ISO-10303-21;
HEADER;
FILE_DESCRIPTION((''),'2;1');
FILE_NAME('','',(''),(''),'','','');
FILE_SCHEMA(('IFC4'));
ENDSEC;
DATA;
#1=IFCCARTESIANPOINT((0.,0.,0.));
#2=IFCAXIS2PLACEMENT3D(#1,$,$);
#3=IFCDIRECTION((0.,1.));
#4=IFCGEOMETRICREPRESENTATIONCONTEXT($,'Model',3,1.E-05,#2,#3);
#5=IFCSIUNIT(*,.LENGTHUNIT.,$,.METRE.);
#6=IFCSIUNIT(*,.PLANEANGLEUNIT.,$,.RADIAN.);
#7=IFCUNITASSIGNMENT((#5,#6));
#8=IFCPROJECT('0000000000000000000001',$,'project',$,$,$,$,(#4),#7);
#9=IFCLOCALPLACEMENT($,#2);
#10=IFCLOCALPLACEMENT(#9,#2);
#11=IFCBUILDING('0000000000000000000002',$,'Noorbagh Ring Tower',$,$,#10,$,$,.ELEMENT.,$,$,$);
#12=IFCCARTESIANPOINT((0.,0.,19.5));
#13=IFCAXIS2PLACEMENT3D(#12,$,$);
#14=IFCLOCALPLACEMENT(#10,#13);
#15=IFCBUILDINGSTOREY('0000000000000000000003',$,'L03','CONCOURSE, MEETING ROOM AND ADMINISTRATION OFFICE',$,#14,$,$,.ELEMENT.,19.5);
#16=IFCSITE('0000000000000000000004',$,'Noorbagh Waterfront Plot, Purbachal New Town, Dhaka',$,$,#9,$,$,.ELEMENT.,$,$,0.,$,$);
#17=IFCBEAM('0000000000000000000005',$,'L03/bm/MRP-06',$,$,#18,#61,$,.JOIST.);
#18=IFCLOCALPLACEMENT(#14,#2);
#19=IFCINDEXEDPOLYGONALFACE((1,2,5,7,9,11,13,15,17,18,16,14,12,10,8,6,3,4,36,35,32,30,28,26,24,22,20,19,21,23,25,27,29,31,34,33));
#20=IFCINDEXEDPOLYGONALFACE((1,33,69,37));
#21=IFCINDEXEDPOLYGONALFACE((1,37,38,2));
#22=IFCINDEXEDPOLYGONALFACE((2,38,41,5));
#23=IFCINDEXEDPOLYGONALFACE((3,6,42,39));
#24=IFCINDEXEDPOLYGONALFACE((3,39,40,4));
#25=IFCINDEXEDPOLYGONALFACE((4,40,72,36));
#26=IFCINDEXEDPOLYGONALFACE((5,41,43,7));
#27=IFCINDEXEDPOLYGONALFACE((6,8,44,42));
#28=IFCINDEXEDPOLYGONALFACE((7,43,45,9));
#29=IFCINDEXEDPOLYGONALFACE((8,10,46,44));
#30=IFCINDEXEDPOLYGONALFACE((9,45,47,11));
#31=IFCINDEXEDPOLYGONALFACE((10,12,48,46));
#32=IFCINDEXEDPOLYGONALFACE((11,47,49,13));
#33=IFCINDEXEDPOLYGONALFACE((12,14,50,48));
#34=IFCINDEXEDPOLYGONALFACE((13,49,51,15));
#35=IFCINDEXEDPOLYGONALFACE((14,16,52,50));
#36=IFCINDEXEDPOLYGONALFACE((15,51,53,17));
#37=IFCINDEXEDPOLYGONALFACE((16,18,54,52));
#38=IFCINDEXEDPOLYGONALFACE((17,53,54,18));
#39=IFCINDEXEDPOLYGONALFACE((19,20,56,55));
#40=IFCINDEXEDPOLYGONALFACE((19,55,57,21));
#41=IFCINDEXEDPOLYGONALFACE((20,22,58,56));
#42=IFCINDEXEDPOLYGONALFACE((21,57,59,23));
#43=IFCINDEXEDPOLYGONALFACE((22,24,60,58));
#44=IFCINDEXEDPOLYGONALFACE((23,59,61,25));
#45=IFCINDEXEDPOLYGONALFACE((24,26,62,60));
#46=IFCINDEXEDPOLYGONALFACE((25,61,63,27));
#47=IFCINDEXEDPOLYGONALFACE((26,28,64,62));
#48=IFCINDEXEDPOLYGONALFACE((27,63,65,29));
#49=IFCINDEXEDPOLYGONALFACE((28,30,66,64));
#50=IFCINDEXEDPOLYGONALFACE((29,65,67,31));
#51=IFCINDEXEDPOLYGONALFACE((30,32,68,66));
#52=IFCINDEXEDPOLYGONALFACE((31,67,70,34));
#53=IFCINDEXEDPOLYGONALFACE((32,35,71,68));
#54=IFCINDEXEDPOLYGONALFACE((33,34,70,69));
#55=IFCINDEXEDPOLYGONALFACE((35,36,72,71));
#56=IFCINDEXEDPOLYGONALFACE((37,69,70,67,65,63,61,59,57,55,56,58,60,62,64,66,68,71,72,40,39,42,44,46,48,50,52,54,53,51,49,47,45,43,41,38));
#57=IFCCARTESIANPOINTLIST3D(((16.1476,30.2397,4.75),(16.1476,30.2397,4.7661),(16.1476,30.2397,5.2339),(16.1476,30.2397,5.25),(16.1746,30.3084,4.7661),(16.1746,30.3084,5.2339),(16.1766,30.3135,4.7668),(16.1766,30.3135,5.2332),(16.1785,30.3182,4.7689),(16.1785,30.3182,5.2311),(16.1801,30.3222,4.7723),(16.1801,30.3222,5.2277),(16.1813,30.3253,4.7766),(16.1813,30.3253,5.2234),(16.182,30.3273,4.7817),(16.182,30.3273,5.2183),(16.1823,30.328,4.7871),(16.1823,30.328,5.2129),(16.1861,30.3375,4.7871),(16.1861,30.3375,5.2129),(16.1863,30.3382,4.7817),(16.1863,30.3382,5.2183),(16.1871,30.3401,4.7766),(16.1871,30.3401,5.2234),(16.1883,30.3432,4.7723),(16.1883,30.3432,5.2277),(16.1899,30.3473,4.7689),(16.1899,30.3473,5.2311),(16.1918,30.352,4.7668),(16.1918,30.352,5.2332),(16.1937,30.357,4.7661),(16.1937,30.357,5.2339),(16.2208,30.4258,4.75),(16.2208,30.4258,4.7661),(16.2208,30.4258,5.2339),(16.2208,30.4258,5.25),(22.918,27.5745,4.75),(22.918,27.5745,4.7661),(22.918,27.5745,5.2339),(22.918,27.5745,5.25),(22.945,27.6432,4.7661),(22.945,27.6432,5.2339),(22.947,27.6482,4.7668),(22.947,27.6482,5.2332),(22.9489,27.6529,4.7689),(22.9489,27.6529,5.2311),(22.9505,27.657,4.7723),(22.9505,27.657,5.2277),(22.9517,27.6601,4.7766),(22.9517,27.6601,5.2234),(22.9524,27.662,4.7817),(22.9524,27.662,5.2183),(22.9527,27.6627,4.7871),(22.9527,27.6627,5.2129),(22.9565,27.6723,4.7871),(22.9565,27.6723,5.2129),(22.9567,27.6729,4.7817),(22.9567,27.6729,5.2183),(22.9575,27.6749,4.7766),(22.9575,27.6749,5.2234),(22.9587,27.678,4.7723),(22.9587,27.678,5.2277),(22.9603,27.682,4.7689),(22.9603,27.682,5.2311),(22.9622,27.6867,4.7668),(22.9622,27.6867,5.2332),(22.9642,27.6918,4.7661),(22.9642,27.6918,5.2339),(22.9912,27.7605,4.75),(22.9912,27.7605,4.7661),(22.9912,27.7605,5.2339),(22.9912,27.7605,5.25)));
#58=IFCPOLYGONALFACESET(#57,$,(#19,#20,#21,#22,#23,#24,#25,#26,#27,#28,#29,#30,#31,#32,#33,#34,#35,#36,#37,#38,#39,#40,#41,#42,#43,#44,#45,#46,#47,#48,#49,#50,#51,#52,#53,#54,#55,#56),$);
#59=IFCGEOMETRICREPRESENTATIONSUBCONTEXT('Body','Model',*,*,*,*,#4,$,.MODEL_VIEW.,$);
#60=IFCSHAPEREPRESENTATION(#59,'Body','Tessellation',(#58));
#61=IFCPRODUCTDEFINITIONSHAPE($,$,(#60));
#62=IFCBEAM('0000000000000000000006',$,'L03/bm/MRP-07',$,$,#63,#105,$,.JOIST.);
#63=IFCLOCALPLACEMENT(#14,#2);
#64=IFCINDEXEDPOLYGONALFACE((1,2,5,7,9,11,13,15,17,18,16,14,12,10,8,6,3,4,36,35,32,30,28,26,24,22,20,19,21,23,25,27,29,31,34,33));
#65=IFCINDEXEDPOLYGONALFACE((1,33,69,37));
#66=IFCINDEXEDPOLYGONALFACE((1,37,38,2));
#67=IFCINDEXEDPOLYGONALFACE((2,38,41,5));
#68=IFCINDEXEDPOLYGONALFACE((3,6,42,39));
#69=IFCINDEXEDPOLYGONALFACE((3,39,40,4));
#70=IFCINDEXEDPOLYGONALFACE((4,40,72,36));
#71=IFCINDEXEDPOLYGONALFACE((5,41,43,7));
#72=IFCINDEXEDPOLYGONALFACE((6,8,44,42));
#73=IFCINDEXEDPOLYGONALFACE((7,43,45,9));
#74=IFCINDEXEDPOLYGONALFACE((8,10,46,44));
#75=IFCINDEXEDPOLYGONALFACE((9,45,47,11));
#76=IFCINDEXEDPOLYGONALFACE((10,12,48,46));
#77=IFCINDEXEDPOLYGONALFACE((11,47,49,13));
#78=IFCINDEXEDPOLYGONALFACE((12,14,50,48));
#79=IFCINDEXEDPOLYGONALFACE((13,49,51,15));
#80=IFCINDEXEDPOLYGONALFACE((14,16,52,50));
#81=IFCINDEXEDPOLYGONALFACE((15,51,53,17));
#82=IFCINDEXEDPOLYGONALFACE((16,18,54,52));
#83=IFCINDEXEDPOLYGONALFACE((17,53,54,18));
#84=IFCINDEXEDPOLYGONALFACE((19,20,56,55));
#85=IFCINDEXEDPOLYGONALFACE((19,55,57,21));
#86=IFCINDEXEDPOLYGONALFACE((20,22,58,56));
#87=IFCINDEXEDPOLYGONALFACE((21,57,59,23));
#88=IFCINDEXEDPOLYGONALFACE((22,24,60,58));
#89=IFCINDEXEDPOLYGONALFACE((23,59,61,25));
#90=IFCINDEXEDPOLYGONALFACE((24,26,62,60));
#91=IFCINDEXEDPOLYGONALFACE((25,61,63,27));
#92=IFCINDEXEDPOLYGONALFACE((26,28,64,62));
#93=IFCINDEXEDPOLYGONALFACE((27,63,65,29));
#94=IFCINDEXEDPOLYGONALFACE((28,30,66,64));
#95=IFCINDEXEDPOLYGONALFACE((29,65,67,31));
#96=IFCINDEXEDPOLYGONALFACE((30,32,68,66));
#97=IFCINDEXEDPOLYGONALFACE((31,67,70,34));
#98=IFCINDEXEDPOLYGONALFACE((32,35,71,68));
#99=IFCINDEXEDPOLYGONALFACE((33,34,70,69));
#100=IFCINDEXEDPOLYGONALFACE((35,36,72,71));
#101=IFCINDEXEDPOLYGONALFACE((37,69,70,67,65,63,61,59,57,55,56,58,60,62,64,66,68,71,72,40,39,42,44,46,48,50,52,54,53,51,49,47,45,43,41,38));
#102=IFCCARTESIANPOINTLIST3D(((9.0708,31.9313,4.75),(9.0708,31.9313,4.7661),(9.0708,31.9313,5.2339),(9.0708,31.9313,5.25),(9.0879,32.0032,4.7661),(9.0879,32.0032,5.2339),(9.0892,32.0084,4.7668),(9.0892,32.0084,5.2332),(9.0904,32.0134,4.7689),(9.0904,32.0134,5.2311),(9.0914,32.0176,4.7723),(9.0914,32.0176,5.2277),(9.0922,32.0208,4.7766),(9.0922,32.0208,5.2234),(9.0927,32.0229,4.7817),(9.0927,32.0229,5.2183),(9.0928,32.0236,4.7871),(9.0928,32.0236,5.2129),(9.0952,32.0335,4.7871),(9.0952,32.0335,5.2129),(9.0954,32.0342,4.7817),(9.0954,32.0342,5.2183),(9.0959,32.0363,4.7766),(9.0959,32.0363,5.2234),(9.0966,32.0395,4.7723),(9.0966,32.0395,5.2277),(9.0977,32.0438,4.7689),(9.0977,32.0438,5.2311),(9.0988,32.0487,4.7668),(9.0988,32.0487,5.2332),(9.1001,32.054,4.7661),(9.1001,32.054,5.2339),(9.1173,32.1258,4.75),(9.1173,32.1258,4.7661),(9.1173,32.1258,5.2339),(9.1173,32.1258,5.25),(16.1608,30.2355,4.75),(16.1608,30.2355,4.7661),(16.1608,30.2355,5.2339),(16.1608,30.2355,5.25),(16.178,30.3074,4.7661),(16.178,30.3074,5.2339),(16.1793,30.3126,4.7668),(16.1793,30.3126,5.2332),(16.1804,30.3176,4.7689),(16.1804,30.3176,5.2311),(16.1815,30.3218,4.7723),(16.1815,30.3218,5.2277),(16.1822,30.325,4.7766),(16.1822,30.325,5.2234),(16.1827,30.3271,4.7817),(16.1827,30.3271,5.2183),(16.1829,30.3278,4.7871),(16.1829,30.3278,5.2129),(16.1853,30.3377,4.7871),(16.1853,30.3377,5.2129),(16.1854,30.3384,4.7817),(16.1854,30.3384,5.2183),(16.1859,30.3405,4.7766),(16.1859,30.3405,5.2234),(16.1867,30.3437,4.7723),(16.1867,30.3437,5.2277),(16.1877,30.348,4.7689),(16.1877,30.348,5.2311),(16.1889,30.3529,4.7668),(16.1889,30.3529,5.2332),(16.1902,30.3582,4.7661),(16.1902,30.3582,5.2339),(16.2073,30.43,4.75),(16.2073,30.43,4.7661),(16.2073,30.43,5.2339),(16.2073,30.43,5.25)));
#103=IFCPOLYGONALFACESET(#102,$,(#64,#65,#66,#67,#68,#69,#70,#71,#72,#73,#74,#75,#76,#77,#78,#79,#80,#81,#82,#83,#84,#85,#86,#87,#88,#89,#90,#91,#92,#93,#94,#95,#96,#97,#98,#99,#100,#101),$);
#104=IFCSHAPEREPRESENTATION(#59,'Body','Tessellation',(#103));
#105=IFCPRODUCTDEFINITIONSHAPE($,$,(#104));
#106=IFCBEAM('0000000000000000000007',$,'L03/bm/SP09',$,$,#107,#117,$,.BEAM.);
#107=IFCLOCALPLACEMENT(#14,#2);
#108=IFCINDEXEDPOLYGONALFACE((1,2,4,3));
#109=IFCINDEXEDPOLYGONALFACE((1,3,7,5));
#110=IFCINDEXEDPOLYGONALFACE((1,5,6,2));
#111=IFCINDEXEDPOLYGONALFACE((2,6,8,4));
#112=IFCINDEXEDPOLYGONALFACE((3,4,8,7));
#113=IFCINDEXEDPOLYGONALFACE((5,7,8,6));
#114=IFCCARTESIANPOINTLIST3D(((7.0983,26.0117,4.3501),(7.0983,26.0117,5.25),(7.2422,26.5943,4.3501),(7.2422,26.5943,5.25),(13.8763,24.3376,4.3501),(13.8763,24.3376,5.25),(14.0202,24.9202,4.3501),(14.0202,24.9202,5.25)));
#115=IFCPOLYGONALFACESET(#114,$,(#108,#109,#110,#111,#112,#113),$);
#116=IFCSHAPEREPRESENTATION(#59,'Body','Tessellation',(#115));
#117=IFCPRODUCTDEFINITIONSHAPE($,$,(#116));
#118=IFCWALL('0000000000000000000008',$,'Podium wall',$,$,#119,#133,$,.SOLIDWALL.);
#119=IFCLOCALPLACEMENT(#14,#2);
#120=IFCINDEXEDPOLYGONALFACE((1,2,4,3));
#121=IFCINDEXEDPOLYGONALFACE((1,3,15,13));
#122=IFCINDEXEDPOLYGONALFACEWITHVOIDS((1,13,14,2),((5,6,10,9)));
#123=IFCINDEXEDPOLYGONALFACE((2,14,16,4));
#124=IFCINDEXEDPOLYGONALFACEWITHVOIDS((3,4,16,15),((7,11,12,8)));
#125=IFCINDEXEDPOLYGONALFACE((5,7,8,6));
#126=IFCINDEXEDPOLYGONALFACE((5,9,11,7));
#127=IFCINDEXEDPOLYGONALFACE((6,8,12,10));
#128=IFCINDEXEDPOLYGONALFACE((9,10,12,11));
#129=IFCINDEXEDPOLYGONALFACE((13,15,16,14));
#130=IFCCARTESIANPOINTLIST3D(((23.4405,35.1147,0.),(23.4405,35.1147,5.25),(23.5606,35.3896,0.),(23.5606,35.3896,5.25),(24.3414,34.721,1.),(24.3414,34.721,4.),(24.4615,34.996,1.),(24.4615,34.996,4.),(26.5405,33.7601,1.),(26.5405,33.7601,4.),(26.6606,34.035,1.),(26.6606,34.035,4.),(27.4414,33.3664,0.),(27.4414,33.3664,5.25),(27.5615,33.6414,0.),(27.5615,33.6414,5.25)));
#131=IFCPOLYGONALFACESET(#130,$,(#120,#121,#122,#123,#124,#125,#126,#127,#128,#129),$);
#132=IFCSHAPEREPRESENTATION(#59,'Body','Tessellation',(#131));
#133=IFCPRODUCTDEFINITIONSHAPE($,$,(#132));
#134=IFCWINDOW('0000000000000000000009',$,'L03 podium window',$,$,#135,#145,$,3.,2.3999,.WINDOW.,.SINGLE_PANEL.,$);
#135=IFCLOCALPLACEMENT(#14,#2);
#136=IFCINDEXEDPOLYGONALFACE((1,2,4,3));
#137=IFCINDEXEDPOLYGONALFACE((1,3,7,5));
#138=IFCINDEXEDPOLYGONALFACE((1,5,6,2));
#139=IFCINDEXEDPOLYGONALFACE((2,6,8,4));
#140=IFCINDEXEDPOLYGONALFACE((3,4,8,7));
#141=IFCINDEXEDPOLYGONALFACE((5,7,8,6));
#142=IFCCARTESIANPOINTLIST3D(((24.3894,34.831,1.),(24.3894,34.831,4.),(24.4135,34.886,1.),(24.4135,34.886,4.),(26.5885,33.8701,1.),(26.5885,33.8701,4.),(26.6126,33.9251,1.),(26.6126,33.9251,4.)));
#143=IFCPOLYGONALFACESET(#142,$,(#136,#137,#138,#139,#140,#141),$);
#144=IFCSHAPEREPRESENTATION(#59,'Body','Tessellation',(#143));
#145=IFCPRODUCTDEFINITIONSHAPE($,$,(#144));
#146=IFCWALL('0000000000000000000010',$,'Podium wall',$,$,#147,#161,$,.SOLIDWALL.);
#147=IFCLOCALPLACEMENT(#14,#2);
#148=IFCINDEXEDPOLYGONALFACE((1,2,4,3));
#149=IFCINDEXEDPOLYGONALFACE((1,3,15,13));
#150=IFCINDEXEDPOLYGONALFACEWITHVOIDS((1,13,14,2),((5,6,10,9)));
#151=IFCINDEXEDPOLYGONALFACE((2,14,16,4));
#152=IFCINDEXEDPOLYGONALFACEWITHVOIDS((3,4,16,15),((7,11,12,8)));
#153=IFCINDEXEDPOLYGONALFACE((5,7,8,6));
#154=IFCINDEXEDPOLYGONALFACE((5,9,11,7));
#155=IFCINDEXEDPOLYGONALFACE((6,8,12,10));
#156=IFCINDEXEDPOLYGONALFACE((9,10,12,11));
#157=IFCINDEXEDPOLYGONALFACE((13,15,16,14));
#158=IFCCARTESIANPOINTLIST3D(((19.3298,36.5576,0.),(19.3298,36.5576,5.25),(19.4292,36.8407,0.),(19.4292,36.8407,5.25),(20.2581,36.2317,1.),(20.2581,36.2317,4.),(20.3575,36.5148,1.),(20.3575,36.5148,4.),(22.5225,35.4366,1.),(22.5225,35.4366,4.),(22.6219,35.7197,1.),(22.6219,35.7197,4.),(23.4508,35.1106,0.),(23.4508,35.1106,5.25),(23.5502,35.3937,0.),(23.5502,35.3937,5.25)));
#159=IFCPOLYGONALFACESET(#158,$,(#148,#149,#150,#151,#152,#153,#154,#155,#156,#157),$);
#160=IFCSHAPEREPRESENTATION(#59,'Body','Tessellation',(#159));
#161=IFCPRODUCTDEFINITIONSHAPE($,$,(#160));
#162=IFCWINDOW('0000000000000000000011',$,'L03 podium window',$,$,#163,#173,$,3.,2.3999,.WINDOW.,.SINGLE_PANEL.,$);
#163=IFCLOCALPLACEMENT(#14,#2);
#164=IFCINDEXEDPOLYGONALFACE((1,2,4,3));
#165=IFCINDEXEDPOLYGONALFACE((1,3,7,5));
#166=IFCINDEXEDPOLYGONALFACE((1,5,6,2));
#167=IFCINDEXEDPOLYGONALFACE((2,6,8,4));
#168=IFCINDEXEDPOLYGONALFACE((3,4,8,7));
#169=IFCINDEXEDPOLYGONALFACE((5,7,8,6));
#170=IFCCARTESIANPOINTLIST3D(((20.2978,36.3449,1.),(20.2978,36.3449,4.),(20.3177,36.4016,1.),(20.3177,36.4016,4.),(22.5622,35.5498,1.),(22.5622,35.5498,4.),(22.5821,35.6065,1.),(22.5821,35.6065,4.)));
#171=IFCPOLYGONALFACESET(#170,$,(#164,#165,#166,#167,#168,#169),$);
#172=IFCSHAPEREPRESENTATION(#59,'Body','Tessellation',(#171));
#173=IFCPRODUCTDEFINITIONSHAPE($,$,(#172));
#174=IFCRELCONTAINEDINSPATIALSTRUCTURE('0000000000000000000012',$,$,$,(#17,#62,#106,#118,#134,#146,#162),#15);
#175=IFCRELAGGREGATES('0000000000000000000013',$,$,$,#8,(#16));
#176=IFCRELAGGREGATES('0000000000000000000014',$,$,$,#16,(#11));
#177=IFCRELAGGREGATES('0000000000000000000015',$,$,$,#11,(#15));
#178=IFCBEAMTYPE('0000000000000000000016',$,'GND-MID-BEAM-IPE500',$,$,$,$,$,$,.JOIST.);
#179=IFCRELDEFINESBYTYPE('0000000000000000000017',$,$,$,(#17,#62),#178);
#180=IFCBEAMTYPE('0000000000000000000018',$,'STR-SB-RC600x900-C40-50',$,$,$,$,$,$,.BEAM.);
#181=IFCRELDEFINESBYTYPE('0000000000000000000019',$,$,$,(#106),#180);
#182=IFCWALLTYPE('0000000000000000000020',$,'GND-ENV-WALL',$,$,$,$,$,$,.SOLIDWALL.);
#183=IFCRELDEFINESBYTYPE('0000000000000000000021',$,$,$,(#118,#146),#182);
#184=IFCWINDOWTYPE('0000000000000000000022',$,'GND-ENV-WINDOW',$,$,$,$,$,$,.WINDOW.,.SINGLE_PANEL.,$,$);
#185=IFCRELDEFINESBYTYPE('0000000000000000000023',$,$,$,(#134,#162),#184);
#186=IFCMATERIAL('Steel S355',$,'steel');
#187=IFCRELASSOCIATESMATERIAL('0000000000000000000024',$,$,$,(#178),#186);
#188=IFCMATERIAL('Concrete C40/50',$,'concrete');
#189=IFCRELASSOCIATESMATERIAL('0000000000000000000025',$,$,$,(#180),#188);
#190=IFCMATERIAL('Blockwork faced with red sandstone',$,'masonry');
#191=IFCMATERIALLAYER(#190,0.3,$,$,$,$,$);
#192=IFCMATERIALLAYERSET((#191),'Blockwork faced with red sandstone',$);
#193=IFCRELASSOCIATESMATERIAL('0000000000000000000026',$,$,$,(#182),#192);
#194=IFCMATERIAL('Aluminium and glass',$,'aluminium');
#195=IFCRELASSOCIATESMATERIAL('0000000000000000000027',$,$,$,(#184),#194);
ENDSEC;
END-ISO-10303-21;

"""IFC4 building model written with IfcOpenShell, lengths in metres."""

from ifc_helpers import new_model, si_unit, direction, frame, frame_2d, origin, origin_2d, place, context, subcontext, project, spatial, rectangle, i_section, extrude, material, layer, layer_set, material_profile, profile_set, type_object, element, fill, save


model = new_model("IFC4")

# Units and contexts
model_context = context("Model", 3, precision=1e-05, world=origin(), true_north=direction((0.0, 1.0)))
body_context = subcontext(model_context, "Body", "Model", "MODEL_VIEW")
ifc_project = project(units=[si_unit("LENGTHUNIT", "METRE"), si_unit("PLANEANGLEUNIT", "RADIAN")], contexts=[model_context])

# Site, building, storey
site_placement = place(None, origin())
site = spatial("IfcSite", under=ifc_project, at=site_placement, Name="Noorbagh Waterfront Plot, Purbachal New Town, Dhaka", CompositionType="ELEMENT", RefElevation=0.0)
building_placement = place(site_placement, origin())
building = spatial("IfcBuilding", under=site, at=building_placement, Name="Noorbagh Ring Tower", CompositionType="ELEMENT")
storey_placement = place(building_placement, frame((0.0, 0.0, 19.5)))
storey = spatial("IfcBuildingStorey", under=building, at=storey_placement, Name="L03", Description="CONCOURSE, MEETING ROOM AND ADMINISTRATION OFFICE", CompositionType="ELEMENT", Elevation=19.5)

# Beams
ifc_material_1 = material(Name="Steel S355", Category="steel")
ifc_material_profile_1 = material_profile(ifc_material_1, i_section(OverallWidth=0.2, OverallDepth=0.5, WebThickness=0.0103, FlangeThickness=0.0161, FilletRadius=0.021, at=origin_2d()), Name="IPE500")
ifc_profile_set_1 = profile_set([ifc_material_profile_1], Name="Steel S355")
beam_type_1 = type_object("IfcBeamType", Name="GND-MID-BEAM-IPE500", PredefinedType="JOIST", material=ifc_profile_set_1)
beam_1_placement = place(storey_placement, frame((22.9546, 27.6675, 5.0), z_axis=(-0.930497, 0.3663, 0.0), x_axis=(-0.3663, -0.930497, 0.0)))
element("IfcBeam", 1, at=beam_1_placement, inside=storey, type_object=beam_type_1, Name="L03/bm/MRP-06", PredefinedType="JOIST", context=body_context, shape_type="SweptSolid", body=[
    extrude(i_section(OverallWidth=0.2, OverallDepth=0.5, WebThickness=0.0103, FlangeThickness=0.0161, FilletRadius=0.021, at=origin_2d()), origin(), (0.0, 0.0, 1.0), 7.2761),
])
beam_2_placement = place(storey_placement, frame((16.1841, 30.3328, 5.0), z_axis=(-0.972568, 0.232618, 0.0), x_axis=(-0.232618, -0.972568, 0.0)))
element("IfcBeam", 2, at=beam_2_placement, inside=storey, type_object=beam_type_1, Name="L03/bm/MRP-07", PredefinedType="JOIST", context=body_context, shape_type="SweptSolid", body=[
    extrude(i_section(OverallWidth=0.2, OverallDepth=0.5, WebThickness=0.0103, FlangeThickness=0.0161, FilletRadius=0.021, at=origin_2d()), origin(), (0.0, 0.0, 1.0), 7.29),
])
ifc_material_2 = material(Name="Concrete C40/50", Category="concrete")
ifc_material_profile_2 = material_profile(ifc_material_2, rectangle(XDim=0.6001, YDim=0.8999, at=origin_2d()), Name="RC600x900")
ifc_profile_set_2 = profile_set([ifc_material_profile_2], Name="Concrete C40/50")
beam_type_2 = type_object("IfcBeamType", Name="STR-SB-RC600x900-C40-50", PredefinedType="BEAM", material=ifc_profile_set_2)
beam_3_placement = place(storey_placement, frame((13.9482, 24.6289, 4.8), z_axis=(-0.970828, 0.239778, 0.0), x_axis=(-0.239778, -0.970828, 0.0)))
element("IfcBeam", 3, at=beam_3_placement, inside=storey, type_object=beam_type_2, Name="L03/bm/SP09", PredefinedType="BEAM", context=body_context, shape_type="SweptSolid", body=[
    extrude(rectangle(XDim=0.6001, YDim=0.8999, at=origin_2d()), origin(), (0.0, 0.0, 1.0), 6.9817),
])

# Walls, openings, windows
ifc_material_3 = material(Name="Blockwork faced with red sandstone", Category="masonry")
ifc_layer = layer(ifc_material_3, 0.3)
ifc_layer_set = layer_set([ifc_layer], Name="Blockwork faced with red sandstone")
wall_type = type_object("IfcWallType", Name="GND-ENV-WALL", PredefinedType="SOLIDWALL", material=ifc_layer_set)
wall_1_placement = place(storey_placement, frame((27.5015, 33.5039, 0.0), z_axis=(0.0, 0.0, 1.0), x_axis=(-0.916337, 0.400408, 0.0)))
wall_1 = element("IfcWall", 4, at=wall_1_placement, inside=storey, type_object=wall_type, Name="Podium wall", PredefinedType="SOLIDWALL", context=body_context, shape_type="SweptSolid", body=[
    extrude(rectangle(XDim=4.3662, YDim=0.3, at=frame_2d((2.1831, 0.0))), origin(), (0.0, 0.0, 1.0), 5.25),
])
opening_1_placement = place(wall_1_placement, frame((0.9832, 0.0, 1.0)))
opening_1 = element("IfcOpeningElement", 5, at=opening_1_placement, cuts=wall_1, PredefinedType="OPENING", context=body_context, shape_type="SweptSolid", body=[
    extrude(rectangle(XDim=2.3999, YDim=3.0, at=frame_2d((1.2, 1.5))), frame((0.0, 0.1602, 0.0), z_axis=(0.0, -1.0, 0.0), x_axis=(1.0, 0.0, 0.0)), (0.0, 0.0, 1.0), 0.3201),
])
ifc_material_4 = material(Name="Aluminium and glass", Category="aluminium")
window_type = type_object("IfcWindowType", Name="GND-ENV-WINDOW", PartitioningType="SINGLE_PANEL", PredefinedType="WINDOW", material=ifc_material_4)
window_1_placement = place(opening_1_placement, origin())
window_1 = element("IfcWindow", 6, at=window_1_placement, inside=storey, type_object=window_type, Name="L03 podium window", OverallHeight=3.0, OverallWidth=2.3999, PartitioningType="SINGLE_PANEL", PredefinedType="WINDOW", context=body_context, shape_type="SweptSolid", body=[
    extrude(rectangle(XDim=2.3999, YDim=3.0, at=frame_2d((1.2, 1.5))), frame((0.0, 0.03, 0.0), z_axis=(0.0, -1.0, 0.0), x_axis=(1.0, 0.0, 0.0)), (0.0, 0.0, 1.0), 0.0601),
])
fill(opening_1, window_1)
wall_2_placement = place(storey_placement, frame((23.5005, 35.2522, 0.0), z_axis=(0.0, 0.0, 1.0), x_axis=(-0.943527, 0.331296, 0.0)))
wall_2 = element("IfcWall", 7, at=wall_2_placement, inside=storey, type_object=wall_type, Name="Podium wall", PredefinedType="SOLIDWALL", context=body_context, shape_type="SweptSolid", body=[
    extrude(rectangle(XDim=4.3677, YDim=0.3, at=frame_2d((2.1838, 0.0))), origin(), (0.0, 0.0, 1.0), 5.25),
])
opening_2_placement = place(wall_2_placement, frame((0.9839, 0.0, 1.0)))
opening_2 = element("IfcOpeningElement", 8, at=opening_2_placement, cuts=wall_2, PredefinedType="OPENING", context=body_context, shape_type="SweptSolid", body=[
    extrude(rectangle(XDim=2.3999, YDim=3.0, at=frame_2d((1.2, 1.5))), frame((0.0, 0.1602, 0.0), z_axis=(0.0, -1.0, 0.0), x_axis=(1.0, 0.0, 0.0)), (0.0, 0.0, 1.0), 0.3201),
])
window_2_placement = place(opening_2_placement, origin())
window_2 = element("IfcWindow", 9, at=window_2_placement, inside=storey, type_object=window_type, Name="L03 podium window", OverallHeight=3.0, OverallWidth=2.3999, PartitioningType="SINGLE_PANEL", PredefinedType="WINDOW", context=body_context, shape_type="SweptSolid", body=[
    extrude(rectangle(XDim=2.3999, YDim=3.0, at=frame_2d((1.2, 1.5))), frame((0.0, 0.03, 0.0), z_axis=(0.0, -1.0, 0.0), x_axis=(1.0, 0.0, 0.0)), (0.0, 0.0, 1.0), 0.0601),
])
fill(opening_2, window_2)

save(model, "model.ifc")
